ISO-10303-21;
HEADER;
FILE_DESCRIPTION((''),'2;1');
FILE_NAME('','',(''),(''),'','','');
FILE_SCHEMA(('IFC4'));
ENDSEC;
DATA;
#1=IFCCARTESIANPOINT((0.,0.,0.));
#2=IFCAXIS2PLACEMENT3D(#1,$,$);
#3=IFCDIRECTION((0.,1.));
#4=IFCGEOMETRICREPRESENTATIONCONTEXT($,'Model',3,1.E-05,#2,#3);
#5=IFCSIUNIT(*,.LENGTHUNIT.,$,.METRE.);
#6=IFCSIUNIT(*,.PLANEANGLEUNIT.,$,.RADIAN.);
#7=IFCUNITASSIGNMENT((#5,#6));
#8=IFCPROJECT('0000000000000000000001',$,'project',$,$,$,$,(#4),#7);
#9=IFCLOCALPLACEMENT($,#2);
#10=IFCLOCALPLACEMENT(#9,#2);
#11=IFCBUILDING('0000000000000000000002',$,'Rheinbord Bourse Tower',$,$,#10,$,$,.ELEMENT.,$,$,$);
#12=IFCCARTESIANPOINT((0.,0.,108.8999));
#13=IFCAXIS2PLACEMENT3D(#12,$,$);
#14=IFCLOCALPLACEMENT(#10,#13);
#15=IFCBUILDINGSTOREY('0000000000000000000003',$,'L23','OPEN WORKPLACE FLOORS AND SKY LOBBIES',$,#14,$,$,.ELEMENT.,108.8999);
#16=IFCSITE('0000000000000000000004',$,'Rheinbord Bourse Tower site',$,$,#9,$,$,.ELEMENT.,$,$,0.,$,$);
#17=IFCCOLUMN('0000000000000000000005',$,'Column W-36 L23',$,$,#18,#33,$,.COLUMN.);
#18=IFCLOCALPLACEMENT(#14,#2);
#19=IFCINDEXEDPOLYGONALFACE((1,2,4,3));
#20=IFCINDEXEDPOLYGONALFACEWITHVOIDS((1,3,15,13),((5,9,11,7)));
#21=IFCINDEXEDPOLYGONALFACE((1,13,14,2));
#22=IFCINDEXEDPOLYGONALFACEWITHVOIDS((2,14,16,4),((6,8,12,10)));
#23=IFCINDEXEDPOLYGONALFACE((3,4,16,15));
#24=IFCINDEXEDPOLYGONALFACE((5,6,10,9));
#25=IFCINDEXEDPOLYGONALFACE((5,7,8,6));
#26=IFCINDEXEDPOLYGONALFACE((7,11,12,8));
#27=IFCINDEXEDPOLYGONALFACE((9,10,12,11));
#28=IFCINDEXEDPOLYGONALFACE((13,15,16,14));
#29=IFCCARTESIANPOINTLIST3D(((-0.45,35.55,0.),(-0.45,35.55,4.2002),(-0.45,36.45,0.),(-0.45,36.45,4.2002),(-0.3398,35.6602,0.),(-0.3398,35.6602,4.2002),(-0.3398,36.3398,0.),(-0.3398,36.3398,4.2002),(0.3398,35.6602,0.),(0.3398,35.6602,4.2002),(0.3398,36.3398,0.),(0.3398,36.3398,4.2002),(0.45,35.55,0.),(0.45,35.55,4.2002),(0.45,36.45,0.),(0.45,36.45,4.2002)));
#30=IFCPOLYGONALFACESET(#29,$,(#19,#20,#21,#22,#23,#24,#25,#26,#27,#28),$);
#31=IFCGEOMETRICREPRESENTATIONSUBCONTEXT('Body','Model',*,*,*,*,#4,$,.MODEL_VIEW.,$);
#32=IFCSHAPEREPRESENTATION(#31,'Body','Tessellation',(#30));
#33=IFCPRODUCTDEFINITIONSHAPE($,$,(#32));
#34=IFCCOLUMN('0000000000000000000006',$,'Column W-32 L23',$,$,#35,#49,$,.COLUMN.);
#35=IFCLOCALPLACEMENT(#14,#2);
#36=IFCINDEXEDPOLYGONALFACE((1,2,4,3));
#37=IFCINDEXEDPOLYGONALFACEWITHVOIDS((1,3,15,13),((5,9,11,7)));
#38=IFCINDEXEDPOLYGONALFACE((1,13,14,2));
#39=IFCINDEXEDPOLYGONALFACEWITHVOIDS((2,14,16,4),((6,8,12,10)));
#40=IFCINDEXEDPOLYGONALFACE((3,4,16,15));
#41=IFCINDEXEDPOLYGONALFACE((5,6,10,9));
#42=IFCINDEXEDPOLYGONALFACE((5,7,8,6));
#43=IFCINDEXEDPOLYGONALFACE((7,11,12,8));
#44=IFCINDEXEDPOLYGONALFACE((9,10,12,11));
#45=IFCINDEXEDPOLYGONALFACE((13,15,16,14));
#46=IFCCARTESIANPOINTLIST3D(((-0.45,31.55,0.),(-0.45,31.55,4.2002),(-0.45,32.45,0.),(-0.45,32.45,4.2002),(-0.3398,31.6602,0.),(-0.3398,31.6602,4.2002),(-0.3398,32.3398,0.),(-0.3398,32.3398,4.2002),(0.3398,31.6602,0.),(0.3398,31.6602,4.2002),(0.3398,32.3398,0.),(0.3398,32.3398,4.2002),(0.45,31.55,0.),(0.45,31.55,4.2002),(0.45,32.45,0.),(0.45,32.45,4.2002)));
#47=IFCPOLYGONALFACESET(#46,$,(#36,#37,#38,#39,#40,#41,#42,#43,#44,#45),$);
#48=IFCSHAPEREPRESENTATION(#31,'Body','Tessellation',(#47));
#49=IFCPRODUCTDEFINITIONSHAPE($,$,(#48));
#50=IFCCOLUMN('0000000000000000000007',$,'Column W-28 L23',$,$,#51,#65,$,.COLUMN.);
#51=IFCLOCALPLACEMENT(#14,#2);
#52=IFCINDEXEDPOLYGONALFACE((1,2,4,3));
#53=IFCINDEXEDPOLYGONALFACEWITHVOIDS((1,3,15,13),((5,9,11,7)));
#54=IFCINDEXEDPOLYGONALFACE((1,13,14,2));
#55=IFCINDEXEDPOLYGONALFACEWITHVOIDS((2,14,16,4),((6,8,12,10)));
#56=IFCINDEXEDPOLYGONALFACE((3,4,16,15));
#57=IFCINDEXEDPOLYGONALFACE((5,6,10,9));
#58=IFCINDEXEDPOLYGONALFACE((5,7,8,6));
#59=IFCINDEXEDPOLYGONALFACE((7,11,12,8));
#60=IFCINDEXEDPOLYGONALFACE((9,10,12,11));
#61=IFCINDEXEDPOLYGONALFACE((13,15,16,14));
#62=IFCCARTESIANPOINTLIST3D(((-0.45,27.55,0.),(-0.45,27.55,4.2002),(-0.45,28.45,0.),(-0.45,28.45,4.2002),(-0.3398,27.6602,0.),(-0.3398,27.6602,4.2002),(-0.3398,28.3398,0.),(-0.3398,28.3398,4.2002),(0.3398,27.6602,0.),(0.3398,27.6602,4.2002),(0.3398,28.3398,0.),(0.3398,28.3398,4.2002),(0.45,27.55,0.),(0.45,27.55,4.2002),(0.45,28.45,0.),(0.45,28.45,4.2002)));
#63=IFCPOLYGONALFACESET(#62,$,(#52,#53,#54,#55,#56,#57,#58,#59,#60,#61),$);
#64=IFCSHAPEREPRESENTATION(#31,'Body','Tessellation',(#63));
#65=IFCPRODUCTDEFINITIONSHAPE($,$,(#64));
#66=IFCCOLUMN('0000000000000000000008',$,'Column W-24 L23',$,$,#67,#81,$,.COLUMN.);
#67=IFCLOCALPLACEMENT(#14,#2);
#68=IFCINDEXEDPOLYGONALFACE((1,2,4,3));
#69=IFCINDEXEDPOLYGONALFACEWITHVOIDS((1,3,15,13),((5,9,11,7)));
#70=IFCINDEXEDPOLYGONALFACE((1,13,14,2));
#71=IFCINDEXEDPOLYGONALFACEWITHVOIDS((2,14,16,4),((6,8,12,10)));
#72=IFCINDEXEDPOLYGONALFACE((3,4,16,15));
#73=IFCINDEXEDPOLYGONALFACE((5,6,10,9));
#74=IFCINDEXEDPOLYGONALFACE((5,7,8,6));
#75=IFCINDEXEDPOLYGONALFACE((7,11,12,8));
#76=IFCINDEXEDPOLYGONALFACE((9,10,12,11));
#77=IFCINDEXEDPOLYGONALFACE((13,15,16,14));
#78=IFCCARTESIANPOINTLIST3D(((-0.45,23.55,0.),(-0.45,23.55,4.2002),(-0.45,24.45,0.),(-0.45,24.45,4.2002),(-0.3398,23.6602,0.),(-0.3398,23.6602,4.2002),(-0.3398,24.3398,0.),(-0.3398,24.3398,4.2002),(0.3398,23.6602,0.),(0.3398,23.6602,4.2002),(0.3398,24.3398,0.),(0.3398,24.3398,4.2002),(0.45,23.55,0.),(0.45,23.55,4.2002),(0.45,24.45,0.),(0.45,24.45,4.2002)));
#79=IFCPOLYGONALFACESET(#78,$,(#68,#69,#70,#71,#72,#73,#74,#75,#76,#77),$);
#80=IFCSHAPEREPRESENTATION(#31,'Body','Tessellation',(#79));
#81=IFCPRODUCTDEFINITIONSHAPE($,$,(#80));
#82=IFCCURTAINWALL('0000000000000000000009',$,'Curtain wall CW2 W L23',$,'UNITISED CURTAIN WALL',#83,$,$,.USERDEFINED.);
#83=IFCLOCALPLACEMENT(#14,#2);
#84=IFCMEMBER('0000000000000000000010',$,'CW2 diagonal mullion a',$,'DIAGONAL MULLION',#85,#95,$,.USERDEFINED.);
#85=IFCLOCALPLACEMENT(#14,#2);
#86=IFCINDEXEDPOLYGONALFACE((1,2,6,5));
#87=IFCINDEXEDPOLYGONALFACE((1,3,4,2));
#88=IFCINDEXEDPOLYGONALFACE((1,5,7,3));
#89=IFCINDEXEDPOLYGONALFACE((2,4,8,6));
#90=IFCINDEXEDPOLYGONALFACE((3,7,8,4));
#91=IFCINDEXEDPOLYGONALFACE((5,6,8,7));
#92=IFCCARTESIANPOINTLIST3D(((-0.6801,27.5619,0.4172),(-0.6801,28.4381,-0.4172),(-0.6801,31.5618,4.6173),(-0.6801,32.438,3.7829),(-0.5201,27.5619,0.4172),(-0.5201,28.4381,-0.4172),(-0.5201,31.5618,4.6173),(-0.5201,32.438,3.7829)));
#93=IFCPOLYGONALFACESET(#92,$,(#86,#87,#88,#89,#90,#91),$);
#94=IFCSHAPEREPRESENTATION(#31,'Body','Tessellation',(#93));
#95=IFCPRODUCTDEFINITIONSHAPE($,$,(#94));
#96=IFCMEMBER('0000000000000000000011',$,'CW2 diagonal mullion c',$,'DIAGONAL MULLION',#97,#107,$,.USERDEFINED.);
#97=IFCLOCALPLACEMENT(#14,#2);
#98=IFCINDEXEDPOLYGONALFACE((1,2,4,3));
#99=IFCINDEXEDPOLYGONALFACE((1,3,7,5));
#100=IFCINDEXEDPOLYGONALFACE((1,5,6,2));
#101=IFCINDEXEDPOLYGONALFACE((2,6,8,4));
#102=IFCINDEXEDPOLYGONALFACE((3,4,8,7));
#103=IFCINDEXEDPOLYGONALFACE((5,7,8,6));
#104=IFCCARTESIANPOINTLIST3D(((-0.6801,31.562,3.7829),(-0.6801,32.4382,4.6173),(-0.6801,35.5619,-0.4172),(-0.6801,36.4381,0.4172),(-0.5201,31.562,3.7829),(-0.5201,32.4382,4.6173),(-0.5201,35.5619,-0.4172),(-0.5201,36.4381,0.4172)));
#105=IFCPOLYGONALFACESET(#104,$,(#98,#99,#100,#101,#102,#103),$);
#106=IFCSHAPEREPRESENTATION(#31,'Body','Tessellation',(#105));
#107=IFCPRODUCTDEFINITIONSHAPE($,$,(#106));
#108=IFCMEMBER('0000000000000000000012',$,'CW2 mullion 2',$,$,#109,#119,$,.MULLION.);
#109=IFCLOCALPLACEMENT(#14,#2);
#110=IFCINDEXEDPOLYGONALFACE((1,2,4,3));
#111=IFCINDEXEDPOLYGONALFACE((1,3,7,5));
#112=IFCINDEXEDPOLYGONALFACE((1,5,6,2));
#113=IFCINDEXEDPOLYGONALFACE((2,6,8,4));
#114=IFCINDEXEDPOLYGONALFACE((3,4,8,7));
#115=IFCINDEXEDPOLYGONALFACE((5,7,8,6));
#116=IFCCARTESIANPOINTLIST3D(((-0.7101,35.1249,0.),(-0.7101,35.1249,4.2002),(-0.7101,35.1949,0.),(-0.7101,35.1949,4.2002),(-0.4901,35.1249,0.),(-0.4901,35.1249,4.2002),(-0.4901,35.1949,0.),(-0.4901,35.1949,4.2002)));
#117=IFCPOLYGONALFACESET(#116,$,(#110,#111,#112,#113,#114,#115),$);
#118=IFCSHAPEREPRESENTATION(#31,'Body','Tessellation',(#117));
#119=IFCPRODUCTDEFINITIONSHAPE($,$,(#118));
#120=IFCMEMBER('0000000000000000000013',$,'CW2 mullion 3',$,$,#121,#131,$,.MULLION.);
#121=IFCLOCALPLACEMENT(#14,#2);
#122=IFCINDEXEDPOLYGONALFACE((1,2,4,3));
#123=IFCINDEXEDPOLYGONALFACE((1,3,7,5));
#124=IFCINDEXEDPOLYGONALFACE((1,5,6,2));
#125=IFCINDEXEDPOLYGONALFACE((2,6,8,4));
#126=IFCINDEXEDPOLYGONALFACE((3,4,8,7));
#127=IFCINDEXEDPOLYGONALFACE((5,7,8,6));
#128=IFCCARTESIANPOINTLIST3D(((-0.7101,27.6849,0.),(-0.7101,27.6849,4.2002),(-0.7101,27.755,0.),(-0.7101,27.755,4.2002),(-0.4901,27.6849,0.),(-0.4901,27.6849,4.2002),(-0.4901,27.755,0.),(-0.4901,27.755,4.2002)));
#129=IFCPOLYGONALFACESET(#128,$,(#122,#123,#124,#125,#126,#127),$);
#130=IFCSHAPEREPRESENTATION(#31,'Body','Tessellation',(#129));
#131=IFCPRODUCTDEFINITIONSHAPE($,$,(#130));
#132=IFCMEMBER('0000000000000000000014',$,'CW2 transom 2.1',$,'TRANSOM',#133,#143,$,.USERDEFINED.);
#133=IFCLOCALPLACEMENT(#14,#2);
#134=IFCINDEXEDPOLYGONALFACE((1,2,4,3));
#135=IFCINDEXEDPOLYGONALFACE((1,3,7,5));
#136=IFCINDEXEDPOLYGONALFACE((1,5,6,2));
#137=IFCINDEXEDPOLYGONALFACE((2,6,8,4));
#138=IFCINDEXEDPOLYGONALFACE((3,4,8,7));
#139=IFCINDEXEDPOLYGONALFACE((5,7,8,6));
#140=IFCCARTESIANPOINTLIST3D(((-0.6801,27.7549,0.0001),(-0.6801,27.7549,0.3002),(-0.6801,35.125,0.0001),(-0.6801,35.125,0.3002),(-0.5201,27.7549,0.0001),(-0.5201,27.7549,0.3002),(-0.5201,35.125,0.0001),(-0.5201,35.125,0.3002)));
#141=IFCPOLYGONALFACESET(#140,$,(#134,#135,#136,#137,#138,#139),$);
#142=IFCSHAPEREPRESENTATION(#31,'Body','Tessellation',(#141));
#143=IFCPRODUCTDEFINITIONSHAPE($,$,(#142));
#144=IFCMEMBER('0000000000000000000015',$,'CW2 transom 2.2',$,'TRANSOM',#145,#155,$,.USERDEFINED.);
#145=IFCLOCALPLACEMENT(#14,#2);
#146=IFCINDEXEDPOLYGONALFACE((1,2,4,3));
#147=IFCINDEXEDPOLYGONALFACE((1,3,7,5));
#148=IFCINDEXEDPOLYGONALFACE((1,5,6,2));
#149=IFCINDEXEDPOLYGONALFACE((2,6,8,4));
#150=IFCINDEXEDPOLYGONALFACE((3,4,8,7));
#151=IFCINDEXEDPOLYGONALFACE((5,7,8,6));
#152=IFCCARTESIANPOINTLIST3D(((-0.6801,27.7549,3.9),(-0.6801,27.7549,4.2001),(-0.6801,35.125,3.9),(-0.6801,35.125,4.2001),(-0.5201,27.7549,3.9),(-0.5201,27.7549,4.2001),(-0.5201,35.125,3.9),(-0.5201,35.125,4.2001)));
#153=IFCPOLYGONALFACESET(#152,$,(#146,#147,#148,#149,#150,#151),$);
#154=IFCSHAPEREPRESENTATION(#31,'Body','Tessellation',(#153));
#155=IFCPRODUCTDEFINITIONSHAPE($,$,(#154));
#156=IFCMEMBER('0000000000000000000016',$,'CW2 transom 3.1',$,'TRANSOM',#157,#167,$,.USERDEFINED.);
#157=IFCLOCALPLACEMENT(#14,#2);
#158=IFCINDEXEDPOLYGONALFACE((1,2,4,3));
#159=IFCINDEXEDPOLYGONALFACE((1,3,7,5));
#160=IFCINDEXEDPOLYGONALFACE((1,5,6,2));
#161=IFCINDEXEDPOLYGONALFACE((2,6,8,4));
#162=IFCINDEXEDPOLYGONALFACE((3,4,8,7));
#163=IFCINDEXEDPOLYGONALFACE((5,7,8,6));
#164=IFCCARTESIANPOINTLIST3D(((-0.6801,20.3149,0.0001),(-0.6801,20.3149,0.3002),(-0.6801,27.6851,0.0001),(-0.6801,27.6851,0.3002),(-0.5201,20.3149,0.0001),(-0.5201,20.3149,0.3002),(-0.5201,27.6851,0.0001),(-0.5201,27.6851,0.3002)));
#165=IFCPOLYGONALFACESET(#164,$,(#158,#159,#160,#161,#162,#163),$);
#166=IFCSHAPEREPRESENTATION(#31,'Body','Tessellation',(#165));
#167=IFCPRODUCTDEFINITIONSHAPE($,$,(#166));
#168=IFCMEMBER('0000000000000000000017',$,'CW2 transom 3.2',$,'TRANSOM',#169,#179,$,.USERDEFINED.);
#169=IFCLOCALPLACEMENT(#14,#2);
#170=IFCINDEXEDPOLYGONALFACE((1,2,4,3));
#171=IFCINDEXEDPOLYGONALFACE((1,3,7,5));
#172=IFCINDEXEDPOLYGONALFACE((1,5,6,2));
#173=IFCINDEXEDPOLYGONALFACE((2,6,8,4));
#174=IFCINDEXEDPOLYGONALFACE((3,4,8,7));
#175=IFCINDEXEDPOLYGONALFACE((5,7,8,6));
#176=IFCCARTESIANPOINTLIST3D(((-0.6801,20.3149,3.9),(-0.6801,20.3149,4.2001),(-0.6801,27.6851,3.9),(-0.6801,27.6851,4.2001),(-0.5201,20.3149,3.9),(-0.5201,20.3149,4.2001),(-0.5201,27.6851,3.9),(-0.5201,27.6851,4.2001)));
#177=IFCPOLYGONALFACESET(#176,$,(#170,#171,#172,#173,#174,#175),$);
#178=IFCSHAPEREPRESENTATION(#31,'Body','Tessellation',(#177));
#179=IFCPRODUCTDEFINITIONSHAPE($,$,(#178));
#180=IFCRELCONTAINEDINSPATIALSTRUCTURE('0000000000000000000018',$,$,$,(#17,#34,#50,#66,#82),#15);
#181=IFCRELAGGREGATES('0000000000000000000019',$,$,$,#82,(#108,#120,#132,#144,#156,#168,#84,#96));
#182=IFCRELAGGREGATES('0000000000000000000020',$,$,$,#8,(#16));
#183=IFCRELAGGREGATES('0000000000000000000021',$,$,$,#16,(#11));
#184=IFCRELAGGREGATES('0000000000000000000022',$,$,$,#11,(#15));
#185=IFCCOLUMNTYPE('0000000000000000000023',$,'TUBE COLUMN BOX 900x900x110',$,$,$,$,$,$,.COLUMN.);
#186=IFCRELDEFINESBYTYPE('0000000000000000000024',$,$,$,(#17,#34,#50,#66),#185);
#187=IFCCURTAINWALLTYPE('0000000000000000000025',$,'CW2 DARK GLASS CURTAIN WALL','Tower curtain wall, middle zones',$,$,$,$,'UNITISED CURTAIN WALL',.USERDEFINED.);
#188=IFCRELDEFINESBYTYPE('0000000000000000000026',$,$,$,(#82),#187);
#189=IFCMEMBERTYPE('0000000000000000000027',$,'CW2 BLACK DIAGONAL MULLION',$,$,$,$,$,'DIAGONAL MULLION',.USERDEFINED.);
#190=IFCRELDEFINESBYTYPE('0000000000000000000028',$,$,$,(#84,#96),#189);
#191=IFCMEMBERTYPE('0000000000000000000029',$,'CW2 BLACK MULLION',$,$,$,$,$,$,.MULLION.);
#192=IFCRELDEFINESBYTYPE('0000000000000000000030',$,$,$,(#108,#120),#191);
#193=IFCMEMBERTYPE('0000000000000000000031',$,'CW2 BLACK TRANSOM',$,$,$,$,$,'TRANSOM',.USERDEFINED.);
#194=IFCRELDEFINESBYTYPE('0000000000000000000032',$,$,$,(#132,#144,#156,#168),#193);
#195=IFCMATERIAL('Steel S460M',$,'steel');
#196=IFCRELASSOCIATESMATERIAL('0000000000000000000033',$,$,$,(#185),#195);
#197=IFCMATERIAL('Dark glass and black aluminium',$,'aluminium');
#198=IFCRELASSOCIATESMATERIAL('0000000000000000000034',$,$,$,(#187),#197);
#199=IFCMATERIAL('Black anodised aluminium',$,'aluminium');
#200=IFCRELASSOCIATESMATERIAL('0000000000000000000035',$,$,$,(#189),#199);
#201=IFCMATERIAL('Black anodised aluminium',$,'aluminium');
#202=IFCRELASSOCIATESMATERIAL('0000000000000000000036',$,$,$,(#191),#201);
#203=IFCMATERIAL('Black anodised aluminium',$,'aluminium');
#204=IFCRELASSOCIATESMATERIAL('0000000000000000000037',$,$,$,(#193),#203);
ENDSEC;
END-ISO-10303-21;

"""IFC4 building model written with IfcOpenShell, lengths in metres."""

from ifc_helpers import new_model, si_unit, direction, frame, origin, origin_2d, place, context, subcontext, project, spatial, rectangle, hollow_rectangle, extrude, material, material_profile, profile_set, type_object, element, aggregate, save


model = new_model("IFC4")

# Units and contexts
model_context = context("Model", 3, precision=1e-05, world=origin(), true_north=direction((0.0, 1.0)))
body_context = subcontext(model_context, "Body", "Model", "MODEL_VIEW")
ifc_project = project(units=[si_unit("LENGTHUNIT", "METRE"), si_unit("PLANEANGLEUNIT", "RADIAN")], contexts=[model_context])

# Site, building, storey
site_placement = place(None, origin())
site = spatial("IfcSite", under=ifc_project, at=site_placement, Name="Rheinbord Bourse Tower site", CompositionType="ELEMENT", RefElevation=0.0)
building_placement = place(site_placement, origin())
building = spatial("IfcBuilding", under=site, at=building_placement, Name="Rheinbord Bourse Tower", CompositionType="ELEMENT")
storey_placement = place(building_placement, frame((0.0, 0.0, 108.8999)))
storey = spatial("IfcBuildingStorey", under=building, at=storey_placement, Name="L23", Description="OPEN WORKPLACE FLOORS AND SKY LOBBIES", CompositionType="ELEMENT", Elevation=108.8999)

# Columns
ifc_material_1 = material(Name="Steel S460M", Category="steel")
ifc_material_profile_1 = material_profile(ifc_material_1, hollow_rectangle(XDim=0.8999, YDim=0.8999, WallThickness=0.1101, at=origin_2d()), Name="BOX 900x900x110")
ifc_profile_set_1 = profile_set([ifc_material_profile_1], Name="Steel S460M")
column_type = type_object("IfcColumnType", Name="TUBE COLUMN BOX 900x900x110", PredefinedType="COLUMN", material=ifc_profile_set_1)
for number, where, z_axis, x_axis, name in (
    (1, (0.0, 36.0, 0.0), (0.0, 0.0, 1.0), (1.0, 0.0, 0.0), "Column W-36 L23"),
    (2, (0.0, 32.0, 0.0), (0.0, 0.0, 1.0), (1.0, 0.0, 0.0), "Column W-32 L23"),
    (3, (0.0, 28.0, 0.0), (0.0, 0.0, 1.0), (1.0, 0.0, 0.0), "Column W-28 L23"),
    (4, (0.0, 24.0, 0.0), (0.0, 0.0, 1.0), (1.0, 0.0, 0.0), "Column W-24 L23"),
):
    element("IfcColumn", number, at=place(storey_placement, frame(where, z_axis=z_axis, x_axis=x_axis)), inside=storey, type_object=column_type, Name=name, PredefinedType="COLUMN", context=body_context, shape_type="SweptSolid", body=[
        extrude(hollow_rectangle(XDim=0.8999, YDim=0.8999, WallThickness=0.1101, at=origin_2d()), origin(), (0.0, 0.0, 1.0), 4.2002),
    ])

# Curtain wall, members
ifc_material_2 = material(Name="Dark glass and black aluminium", Category="aluminium")
curtain_wall_type = type_object("IfcCurtainWallType", Name="CW2 DARK GLASS CURTAIN WALL", Description="Tower curtain wall, middle zones", ElementType="UNITISED CURTAIN WALL", PredefinedType="USERDEFINED", material=ifc_material_2)
curtain_wall_placement = place(storey_placement, origin())
curtain_wall = element("IfcCurtainWall", 5, at=curtain_wall_placement, inside=storey, type_object=curtain_wall_type, Name="Curtain wall CW2 W L23", ObjectType="UNITISED CURTAIN WALL", PredefinedType="USERDEFINED")
ifc_material_3 = material(Name="Black anodised aluminium", Category="aluminium")
ifc_material_profile_2 = material_profile(ifc_material_3, rectangle(XDim=0.1599, YDim=1.21, at=origin_2d()), Name="CW2 DIAGONAL MULLION 1210x160")
ifc_profile_set_2 = profile_set([ifc_material_profile_2], Name="Black anodised aluminium")
member_type_1 = type_object("IfcMemberType", Name="CW2 BLACK DIAGONAL MULLION", ElementType="DIAGONAL MULLION", PredefinedType="USERDEFINED", material=ifc_profile_set_2)
member_1_placement = place(storey_placement, frame((-0.6001, 28.0, 0.0), z_axis=(0.0, 0.689638, 0.724154), x_axis=(-1.0, 0.0, 0.0)))
member_1 = element("IfcMember", 6, at=member_1_placement, type_object=member_type_1, Name="CW2 diagonal mullion a", ObjectType="DIAGONAL MULLION", PredefinedType="USERDEFINED", context=body_context, shape_type="SweptSolid", body=[
    extrude(rectangle(XDim=0.1599, YDim=1.21, at=origin_2d()), origin(), (0.0, 0.0, 1.0), 5.8),
])
member_2_placement = place(storey_placement, frame((-0.6001, 36.0, 0.0), z_axis=(0.0, -0.689638, 0.724154), x_axis=(1.0, 0.0, 0.0)))
member_2 = element("IfcMember", 7, at=member_2_placement, type_object=member_type_1, Name="CW2 diagonal mullion c", ObjectType="DIAGONAL MULLION", PredefinedType="USERDEFINED", context=body_context, shape_type="SweptSolid", body=[
    extrude(rectangle(XDim=0.1599, YDim=1.21, at=origin_2d()), origin(), (0.0, 0.0, 1.0), 5.8),
])
ifc_material_4 = material(Name="Black anodised aluminium", Category="aluminium")
ifc_material_profile_3 = material_profile(ifc_material_4, rectangle(XDim=0.22, YDim=0.0701, at=origin_2d()), Name="CW2 MULLION 70x220")
ifc_profile_set_3 = profile_set([ifc_material_profile_3], Name="Black anodised aluminium")
member_type_2 = type_object("IfcMemberType", Name="CW2 BLACK MULLION", PredefinedType="MULLION", material=ifc_profile_set_3)
member_3_placement = place(storey_placement, frame((-0.6001, 35.1599, 0.0), z_axis=(0.0, 0.0, 1.0), x_axis=(1.0, 0.0, 0.0)))
member_3 = element("IfcMember", 8, at=member_3_placement, type_object=member_type_2, Name="CW2 mullion 2", PredefinedType="MULLION", context=body_context, shape_type="SweptSolid", body=[
    extrude(rectangle(XDim=0.22, YDim=0.0701, at=origin_2d()), origin(), (0.0, 0.0, 1.0), 4.2002),
])
member_4_placement = place(storey_placement, frame((-0.6001, 27.72, 0.0), z_axis=(0.0, 0.0, 1.0), x_axis=(1.0, 0.0, 0.0)))
member_4 = element("IfcMember", 9, at=member_4_placement, type_object=member_type_2, Name="CW2 mullion 3", PredefinedType="MULLION", context=body_context, shape_type="SweptSolid", body=[
    extrude(rectangle(XDim=0.22, YDim=0.0701, at=origin_2d()), origin(), (0.0, 0.0, 1.0), 4.2002),
])
ifc_material_5 = material(Name="Black anodised aluminium", Category="aluminium")
ifc_material_profile_4 = material_profile(ifc_material_5, rectangle(XDim=0.1599, YDim=0.3, at=origin_2d()), Name="CW2 TRANSOM 300x160")
ifc_profile_set_4 = profile_set([ifc_material_profile_4], Name="Black anodised aluminium")
member_type_3 = type_object("IfcMemberType", Name="CW2 BLACK TRANSOM", ElementType="TRANSOM", PredefinedType="USERDEFINED", material=ifc_profile_set_4)
member_5_placement = place(storey_placement, frame((-0.6001, 35.125, 0.1501), z_axis=(0.0, -1.0, 0.0), x_axis=(1.0, 0.0, 0.0)))
member_5 = element("IfcMember", 10, at=member_5_placement, type_object=member_type_3, Name="CW2 transom 2.1", ObjectType="TRANSOM", PredefinedType="USERDEFINED", context=body_context, shape_type="SweptSolid", body=[
    extrude(rectangle(XDim=0.1599, YDim=0.3, at=origin_2d()), origin(), (0.0, 0.0, 1.0), 7.3701),
])
member_6_placement = place(storey_placement, frame((-0.6001, 35.125, 4.05), z_axis=(0.0, -1.0, 0.0), x_axis=(1.0, 0.0, 0.0)))
member_6 = element("IfcMember", 11, at=member_6_placement, type_object=member_type_3, Name="CW2 transom 2.2", ObjectType="TRANSOM", PredefinedType="USERDEFINED", context=body_context, shape_type="SweptSolid", body=[
    extrude(rectangle(XDim=0.1599, YDim=0.3, at=origin_2d()), origin(), (0.0, 0.0, 1.0), 7.3701),
])
member_7_placement = place(storey_placement, frame((-0.6001, 27.6851, 0.1501), z_axis=(0.0, -1.0, 0.0), x_axis=(1.0, 0.0, 0.0)))
member_7 = element("IfcMember", 12, at=member_7_placement, type_object=member_type_3, Name="CW2 transom 3.1", ObjectType="TRANSOM", PredefinedType="USERDEFINED", context=body_context, shape_type="SweptSolid", body=[
    extrude(rectangle(XDim=0.1599, YDim=0.3, at=origin_2d()), origin(), (0.0, 0.0, 1.0), 7.3701),
])
member_8_placement = place(storey_placement, frame((-0.6001, 27.6851, 4.05), z_axis=(0.0, -1.0, 0.0), x_axis=(1.0, 0.0, 0.0)))
member_8 = element("IfcMember", 13, at=member_8_placement, type_object=member_type_3, Name="CW2 transom 3.2", ObjectType="TRANSOM", PredefinedType="USERDEFINED", context=body_context, shape_type="SweptSolid", body=[
    extrude(rectangle(XDim=0.1599, YDim=0.3, at=origin_2d()), origin(), (0.0, 0.0, 1.0), 7.3701),
])

aggregate(curtain_wall, [member_3, member_4, member_5, member_6, member_7, member_8, member_1, member_2])

save(model, "model.ifc")
